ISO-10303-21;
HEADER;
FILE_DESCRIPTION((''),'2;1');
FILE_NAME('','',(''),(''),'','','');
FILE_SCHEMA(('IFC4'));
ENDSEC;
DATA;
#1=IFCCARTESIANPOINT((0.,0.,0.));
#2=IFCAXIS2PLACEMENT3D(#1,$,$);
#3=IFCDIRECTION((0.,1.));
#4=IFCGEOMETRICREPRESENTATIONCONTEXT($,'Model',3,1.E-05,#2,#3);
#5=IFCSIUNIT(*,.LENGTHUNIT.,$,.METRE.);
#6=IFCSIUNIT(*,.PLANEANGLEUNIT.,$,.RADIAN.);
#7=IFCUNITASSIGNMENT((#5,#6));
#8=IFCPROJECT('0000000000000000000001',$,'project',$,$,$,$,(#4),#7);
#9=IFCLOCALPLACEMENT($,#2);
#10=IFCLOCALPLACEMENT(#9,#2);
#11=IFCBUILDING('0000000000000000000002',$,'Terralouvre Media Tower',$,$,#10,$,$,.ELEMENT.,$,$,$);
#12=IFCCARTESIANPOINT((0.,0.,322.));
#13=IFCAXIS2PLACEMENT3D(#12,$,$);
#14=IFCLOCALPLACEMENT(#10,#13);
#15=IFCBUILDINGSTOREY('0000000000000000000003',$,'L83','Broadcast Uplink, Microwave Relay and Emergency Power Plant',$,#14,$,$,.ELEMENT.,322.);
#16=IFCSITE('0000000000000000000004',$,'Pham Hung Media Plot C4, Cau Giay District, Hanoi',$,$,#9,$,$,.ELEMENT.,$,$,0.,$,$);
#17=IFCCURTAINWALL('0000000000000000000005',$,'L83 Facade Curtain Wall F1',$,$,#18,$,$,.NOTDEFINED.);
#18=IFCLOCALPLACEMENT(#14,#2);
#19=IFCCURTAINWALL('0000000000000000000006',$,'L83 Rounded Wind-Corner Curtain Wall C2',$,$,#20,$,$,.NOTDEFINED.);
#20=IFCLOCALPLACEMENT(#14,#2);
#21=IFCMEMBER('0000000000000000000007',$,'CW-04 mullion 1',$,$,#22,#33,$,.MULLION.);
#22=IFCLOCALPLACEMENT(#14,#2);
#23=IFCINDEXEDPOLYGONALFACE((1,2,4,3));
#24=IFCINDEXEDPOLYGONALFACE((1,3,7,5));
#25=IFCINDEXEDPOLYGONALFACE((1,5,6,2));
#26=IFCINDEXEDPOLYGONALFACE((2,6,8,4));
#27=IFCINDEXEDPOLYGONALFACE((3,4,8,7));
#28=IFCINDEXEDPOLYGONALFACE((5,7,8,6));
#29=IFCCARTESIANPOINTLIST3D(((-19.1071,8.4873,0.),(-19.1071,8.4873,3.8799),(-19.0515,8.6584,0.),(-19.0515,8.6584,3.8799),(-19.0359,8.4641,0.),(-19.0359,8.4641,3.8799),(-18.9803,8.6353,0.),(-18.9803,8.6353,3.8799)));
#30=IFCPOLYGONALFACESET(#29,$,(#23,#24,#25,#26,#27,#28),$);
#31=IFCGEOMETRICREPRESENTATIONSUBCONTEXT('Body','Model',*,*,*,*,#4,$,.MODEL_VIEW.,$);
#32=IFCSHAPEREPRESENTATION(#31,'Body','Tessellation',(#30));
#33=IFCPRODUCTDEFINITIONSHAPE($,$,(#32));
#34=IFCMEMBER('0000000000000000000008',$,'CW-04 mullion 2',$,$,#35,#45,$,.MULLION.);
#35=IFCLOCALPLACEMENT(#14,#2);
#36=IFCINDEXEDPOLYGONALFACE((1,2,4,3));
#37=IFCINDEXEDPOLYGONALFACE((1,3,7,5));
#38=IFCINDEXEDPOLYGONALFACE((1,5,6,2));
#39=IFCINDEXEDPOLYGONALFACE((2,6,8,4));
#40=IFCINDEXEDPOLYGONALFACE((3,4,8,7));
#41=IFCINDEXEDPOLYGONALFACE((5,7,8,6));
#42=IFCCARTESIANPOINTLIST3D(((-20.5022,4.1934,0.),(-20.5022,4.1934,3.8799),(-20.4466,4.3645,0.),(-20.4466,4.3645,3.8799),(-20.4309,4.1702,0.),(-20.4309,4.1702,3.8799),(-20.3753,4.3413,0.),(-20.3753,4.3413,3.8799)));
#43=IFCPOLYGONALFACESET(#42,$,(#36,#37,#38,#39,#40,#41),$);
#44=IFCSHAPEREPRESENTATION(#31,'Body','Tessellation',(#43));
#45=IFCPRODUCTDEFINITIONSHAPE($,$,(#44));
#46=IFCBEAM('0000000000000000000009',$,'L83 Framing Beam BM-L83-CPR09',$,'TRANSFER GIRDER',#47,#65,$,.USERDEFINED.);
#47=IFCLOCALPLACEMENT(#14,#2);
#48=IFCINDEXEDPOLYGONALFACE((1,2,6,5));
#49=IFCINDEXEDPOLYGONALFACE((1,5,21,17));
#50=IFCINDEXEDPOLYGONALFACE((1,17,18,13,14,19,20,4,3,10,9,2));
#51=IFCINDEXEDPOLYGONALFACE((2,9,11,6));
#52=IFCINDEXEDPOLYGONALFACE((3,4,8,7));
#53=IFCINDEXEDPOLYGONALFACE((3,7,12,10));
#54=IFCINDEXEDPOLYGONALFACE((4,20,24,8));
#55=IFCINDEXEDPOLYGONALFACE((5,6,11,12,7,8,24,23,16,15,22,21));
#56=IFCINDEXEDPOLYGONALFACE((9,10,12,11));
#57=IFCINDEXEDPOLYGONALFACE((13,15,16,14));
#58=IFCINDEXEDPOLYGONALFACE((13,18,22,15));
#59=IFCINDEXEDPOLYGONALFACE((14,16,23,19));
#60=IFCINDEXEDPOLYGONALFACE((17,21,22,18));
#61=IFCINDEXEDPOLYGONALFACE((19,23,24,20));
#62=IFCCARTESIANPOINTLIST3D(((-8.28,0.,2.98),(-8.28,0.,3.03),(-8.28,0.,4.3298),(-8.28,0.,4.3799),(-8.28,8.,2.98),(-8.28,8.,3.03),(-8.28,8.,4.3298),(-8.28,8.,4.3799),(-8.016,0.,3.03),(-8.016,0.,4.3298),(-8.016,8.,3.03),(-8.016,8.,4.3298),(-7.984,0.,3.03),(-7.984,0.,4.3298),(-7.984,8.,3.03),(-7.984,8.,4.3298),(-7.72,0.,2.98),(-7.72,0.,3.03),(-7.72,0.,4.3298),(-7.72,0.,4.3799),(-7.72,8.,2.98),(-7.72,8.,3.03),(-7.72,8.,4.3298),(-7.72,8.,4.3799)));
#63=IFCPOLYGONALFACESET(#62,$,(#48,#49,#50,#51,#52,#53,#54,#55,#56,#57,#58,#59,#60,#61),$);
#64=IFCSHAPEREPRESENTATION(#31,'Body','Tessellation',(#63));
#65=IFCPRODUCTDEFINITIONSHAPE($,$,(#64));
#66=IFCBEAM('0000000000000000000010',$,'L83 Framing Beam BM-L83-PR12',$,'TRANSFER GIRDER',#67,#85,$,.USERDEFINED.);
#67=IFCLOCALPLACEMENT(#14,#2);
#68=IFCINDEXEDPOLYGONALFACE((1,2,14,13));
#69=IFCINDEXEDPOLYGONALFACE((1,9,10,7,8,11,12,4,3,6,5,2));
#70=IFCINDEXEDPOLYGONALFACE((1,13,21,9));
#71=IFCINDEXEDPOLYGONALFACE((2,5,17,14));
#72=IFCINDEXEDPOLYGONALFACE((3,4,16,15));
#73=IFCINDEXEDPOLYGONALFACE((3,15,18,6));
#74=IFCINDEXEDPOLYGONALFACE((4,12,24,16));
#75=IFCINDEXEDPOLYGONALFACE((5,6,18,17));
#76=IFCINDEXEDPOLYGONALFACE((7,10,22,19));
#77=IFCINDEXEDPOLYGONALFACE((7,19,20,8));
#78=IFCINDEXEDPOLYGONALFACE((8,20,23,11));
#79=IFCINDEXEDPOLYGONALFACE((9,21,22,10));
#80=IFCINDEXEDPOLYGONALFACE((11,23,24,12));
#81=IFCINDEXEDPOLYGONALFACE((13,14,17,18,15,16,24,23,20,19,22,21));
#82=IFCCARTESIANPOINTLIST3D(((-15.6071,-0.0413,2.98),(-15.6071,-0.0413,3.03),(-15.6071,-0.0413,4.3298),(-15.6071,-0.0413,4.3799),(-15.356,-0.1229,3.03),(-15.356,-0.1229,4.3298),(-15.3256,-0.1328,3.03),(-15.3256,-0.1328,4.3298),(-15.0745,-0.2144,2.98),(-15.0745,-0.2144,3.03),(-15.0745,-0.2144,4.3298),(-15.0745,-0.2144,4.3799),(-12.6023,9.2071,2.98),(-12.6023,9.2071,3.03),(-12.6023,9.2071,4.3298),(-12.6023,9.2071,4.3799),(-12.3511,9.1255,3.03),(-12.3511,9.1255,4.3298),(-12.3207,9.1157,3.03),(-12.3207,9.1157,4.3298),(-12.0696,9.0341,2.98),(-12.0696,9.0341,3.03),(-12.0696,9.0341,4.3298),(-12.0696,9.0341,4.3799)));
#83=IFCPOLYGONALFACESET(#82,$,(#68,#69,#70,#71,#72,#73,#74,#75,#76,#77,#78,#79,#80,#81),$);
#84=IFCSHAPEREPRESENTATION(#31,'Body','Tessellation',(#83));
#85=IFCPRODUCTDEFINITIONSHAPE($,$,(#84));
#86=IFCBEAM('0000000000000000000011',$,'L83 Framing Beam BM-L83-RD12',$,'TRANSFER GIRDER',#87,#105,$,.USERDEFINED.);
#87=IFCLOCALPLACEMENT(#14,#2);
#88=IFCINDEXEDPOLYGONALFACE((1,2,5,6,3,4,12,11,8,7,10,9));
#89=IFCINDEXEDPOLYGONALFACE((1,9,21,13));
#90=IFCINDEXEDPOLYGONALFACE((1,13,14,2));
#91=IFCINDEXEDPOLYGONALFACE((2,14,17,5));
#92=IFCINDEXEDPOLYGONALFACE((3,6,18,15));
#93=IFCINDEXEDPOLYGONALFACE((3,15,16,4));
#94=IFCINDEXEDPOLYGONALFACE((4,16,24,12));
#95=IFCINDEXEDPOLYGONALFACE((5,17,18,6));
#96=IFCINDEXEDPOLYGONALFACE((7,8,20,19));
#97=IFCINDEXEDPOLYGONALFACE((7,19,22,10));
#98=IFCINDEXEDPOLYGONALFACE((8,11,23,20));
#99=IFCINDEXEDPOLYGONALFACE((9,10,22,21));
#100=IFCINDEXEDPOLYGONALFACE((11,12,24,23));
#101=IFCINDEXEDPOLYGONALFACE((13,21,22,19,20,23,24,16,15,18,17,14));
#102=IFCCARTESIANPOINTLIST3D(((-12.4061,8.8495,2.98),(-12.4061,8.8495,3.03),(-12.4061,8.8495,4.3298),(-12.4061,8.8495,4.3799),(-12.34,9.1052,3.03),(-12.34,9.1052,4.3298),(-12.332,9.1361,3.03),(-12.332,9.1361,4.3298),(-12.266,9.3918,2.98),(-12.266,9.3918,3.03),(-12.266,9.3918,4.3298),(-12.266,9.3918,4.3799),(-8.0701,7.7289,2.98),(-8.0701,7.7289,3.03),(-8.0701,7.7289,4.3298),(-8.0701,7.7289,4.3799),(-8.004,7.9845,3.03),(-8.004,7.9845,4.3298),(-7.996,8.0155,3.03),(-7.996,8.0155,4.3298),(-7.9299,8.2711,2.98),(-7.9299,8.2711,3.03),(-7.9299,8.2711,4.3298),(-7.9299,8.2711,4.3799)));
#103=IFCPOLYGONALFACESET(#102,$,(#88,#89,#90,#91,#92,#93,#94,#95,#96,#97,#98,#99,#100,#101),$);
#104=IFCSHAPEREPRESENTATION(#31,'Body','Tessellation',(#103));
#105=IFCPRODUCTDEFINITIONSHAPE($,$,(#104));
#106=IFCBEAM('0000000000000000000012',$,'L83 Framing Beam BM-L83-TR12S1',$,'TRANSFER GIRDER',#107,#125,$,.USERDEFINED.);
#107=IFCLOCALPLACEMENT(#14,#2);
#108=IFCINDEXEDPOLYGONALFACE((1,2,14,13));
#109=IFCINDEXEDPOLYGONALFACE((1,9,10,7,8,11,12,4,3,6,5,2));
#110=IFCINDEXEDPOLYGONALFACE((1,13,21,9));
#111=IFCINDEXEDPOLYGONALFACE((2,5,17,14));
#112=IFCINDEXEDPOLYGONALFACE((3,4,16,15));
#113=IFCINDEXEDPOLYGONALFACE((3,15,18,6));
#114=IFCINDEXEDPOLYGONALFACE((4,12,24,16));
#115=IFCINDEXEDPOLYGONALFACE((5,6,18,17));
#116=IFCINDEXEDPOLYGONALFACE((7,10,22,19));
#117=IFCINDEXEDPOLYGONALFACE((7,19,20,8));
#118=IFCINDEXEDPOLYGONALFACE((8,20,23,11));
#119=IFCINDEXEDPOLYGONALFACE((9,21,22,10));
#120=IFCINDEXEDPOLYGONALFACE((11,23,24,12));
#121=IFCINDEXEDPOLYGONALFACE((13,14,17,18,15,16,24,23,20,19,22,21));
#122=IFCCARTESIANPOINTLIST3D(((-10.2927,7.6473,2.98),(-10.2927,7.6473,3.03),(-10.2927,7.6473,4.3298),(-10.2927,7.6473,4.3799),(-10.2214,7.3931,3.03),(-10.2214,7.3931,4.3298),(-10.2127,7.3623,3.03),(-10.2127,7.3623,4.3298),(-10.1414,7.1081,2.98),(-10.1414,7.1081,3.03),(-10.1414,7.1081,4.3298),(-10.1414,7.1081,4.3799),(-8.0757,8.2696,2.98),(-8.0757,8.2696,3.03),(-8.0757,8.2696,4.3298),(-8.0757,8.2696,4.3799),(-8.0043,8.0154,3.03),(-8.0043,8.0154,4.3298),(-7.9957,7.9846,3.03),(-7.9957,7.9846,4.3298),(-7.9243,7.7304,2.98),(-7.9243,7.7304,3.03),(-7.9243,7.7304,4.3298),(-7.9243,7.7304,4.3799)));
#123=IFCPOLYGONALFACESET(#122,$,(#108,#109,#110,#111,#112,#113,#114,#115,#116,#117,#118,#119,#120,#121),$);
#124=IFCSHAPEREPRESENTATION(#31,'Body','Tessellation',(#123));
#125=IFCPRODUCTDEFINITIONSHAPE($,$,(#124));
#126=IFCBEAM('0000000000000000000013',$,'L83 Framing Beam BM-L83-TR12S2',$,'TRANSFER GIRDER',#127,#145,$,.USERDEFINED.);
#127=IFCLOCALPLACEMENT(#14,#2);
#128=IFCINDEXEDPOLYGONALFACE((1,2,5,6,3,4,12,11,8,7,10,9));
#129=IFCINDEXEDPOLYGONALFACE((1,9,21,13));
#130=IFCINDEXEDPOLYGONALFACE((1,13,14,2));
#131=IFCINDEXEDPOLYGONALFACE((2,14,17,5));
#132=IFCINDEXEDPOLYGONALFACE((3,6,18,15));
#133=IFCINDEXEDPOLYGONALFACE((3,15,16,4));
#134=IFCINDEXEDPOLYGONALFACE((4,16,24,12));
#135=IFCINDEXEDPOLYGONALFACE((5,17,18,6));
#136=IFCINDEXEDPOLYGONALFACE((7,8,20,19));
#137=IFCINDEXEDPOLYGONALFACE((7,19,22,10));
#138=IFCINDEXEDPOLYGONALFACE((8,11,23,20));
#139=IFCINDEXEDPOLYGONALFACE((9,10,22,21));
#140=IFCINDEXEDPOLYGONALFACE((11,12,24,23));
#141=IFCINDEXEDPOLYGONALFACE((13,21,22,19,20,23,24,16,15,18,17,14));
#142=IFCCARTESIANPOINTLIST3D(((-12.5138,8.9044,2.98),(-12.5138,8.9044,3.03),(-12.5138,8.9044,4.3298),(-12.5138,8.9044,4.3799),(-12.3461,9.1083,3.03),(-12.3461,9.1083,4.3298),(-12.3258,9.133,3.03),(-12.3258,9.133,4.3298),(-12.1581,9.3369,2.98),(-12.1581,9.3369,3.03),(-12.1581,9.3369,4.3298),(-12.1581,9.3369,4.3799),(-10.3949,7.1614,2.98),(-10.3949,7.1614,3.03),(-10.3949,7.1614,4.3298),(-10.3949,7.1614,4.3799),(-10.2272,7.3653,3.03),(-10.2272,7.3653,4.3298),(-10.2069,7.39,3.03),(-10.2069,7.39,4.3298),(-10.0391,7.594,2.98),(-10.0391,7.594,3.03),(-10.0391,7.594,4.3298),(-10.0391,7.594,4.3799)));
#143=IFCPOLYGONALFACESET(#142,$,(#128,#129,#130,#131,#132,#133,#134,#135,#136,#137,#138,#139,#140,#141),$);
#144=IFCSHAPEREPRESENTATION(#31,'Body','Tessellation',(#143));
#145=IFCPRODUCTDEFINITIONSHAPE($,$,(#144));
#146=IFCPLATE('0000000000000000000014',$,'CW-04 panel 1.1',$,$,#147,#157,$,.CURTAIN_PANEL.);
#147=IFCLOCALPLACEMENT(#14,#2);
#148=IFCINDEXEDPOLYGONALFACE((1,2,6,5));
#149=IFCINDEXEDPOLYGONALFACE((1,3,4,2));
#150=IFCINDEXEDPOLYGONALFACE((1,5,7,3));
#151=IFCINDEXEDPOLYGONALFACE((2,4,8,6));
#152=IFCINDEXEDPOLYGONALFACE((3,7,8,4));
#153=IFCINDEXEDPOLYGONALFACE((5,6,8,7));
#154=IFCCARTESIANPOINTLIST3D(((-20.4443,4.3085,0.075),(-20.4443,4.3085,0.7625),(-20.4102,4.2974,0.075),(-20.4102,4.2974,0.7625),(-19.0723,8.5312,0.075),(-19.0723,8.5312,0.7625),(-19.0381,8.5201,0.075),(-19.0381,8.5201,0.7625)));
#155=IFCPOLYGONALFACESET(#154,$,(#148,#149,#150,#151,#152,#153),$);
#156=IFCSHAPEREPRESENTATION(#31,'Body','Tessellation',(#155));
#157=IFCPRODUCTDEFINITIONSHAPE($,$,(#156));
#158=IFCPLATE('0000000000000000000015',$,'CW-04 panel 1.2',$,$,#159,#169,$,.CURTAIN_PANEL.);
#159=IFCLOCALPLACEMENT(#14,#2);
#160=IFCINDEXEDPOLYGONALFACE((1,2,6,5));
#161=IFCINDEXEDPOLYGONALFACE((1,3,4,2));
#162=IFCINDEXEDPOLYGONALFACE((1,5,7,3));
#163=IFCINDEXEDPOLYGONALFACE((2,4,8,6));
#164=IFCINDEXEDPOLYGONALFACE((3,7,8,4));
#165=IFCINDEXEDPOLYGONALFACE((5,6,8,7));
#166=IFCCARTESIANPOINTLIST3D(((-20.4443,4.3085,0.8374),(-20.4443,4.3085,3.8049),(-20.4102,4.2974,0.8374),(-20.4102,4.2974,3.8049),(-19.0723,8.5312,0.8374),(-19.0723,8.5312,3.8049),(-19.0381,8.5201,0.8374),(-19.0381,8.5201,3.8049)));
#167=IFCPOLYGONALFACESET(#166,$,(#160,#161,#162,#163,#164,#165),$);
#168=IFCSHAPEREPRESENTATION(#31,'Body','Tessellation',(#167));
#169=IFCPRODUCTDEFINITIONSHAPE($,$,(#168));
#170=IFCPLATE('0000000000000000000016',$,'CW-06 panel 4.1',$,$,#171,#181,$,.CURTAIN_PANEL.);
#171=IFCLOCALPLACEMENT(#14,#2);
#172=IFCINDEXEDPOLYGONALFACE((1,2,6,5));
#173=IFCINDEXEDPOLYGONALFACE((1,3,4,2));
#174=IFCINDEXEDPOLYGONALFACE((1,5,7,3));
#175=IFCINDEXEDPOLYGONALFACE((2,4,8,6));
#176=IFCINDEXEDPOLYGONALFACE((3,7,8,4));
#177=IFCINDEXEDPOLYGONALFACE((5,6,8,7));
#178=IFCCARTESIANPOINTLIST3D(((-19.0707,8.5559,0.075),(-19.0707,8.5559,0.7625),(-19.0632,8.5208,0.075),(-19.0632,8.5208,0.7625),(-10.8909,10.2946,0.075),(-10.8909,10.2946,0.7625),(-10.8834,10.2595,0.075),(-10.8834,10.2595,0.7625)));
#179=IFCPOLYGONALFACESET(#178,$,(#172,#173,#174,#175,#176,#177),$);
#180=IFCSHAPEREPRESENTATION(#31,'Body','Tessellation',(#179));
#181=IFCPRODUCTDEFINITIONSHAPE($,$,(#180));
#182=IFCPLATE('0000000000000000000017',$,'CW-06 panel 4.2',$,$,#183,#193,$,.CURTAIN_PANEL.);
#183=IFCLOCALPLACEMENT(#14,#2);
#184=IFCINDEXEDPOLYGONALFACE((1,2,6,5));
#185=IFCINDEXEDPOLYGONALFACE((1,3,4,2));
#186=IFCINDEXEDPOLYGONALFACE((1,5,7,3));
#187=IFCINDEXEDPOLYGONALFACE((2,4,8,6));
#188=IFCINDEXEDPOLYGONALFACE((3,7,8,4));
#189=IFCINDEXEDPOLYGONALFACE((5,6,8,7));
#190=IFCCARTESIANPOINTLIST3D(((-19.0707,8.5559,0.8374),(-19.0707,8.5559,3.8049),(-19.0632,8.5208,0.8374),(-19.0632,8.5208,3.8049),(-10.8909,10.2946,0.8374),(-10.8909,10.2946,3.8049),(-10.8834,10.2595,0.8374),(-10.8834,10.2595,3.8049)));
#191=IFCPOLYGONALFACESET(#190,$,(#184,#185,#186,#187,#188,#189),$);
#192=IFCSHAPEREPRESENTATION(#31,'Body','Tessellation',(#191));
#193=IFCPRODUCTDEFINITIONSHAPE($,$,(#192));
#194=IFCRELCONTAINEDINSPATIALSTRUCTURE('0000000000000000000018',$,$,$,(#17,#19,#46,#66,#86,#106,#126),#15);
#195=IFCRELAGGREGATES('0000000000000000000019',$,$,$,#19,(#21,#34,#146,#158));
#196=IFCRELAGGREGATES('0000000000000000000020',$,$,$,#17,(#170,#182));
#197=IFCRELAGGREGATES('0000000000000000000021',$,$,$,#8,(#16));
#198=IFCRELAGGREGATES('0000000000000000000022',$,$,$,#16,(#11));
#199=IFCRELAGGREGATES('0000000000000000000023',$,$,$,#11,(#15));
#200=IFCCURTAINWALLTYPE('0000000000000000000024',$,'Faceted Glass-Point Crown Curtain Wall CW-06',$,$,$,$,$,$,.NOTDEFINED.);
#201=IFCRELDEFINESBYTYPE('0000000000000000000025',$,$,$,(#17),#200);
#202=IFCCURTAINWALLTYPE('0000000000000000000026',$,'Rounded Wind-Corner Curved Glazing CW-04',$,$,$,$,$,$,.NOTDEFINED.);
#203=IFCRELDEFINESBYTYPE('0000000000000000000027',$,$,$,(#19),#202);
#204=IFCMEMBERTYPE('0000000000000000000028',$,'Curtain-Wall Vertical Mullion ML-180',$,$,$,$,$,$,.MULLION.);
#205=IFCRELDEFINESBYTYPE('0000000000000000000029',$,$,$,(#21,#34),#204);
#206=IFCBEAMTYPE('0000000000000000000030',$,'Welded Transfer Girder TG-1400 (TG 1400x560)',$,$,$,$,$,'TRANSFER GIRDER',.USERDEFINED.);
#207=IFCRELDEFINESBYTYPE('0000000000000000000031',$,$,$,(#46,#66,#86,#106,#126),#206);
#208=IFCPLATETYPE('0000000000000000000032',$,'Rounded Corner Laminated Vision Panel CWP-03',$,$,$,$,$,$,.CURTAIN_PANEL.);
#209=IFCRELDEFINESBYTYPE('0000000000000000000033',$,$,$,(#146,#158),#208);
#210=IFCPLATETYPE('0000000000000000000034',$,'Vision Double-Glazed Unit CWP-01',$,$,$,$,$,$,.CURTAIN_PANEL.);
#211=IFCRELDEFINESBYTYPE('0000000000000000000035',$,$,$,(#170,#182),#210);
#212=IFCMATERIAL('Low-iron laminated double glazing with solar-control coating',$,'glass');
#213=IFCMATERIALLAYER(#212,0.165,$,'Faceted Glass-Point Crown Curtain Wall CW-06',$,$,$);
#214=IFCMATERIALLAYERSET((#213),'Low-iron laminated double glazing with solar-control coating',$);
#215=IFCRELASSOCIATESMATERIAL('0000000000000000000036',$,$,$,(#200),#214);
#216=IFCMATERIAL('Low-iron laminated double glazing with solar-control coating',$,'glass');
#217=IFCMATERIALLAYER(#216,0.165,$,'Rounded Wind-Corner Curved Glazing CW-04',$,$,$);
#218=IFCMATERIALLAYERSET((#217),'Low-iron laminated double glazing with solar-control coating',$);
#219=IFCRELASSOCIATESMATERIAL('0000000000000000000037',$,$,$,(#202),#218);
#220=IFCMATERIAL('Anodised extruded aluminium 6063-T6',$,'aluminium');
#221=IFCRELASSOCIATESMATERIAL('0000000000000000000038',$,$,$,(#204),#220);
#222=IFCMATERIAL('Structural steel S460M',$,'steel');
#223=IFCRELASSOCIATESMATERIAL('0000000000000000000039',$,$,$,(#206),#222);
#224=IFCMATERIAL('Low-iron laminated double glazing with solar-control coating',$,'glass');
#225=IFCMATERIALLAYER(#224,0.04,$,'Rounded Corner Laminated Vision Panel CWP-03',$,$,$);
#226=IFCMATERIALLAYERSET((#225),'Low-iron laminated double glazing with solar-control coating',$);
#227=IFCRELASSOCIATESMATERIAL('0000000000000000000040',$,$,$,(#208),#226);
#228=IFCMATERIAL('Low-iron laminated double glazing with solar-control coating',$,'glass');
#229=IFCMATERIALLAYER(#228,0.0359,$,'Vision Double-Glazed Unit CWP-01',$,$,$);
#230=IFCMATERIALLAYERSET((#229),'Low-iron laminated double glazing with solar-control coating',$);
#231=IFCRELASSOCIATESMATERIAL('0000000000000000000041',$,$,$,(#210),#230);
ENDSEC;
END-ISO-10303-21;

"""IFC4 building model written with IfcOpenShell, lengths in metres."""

from ifc_helpers import new_model, si_unit, direction, frame, origin, origin_2d, place, context, subcontext, project, spatial, rectangle, i_section, extrude, material, layer, layer_set, material_profile, profile_set, type_object, element, aggregate, save


model = new_model("IFC4")

# Units and contexts
model_context = context("Model", 3, precision=1e-05, world=origin(), true_north=direction((0.0, 1.0)))
body_context = subcontext(model_context, "Body", "Model", "MODEL_VIEW")
ifc_project = project(units=[si_unit("LENGTHUNIT", "METRE"), si_unit("PLANEANGLEUNIT", "RADIAN")], contexts=[model_context])

# Site, building, storey
site_placement = place(None, origin())
site = spatial("IfcSite", under=ifc_project, at=site_placement, Name="Pham Hung Media Plot C4, Cau Giay District, Hanoi", CompositionType="ELEMENT", RefElevation=0.0)
building_placement = place(site_placement, origin())
building = spatial("IfcBuilding", under=site, at=building_placement, Name="Terralouvre Media Tower", CompositionType="ELEMENT")
storey_placement = place(building_placement, frame((0.0, 0.0, 322.0)))
storey = spatial("IfcBuildingStorey", under=building, at=storey_placement, Name="L83", Description="Broadcast Uplink, Microwave Relay and Emergency Power Plant", CompositionType="ELEMENT", Elevation=322.0)

# Curtain walls
ifc_material_1 = material(Name="Low-iron laminated double glazing with solar-control coating", Category="glass")
ifc_layer_1 = layer(ifc_material_1, 0.165, Name="Faceted Glass-Point Crown Curtain Wall CW-06")
ifc_layer_set_1 = layer_set([ifc_layer_1], Name="Low-iron laminated double glazing with solar-control coating")
curtain_wall_type_1 = type_object("IfcCurtainWallType", Name="Faceted Glass-Point Crown Curtain Wall CW-06", PredefinedType="NOTDEFINED", material=ifc_layer_set_1)
curtain_wall_1_placement = place(storey_placement, origin())
curtain_wall_1 = element("IfcCurtainWall", 1, at=curtain_wall_1_placement, inside=storey, type_object=curtain_wall_type_1, Name="L83 Facade Curtain Wall F1", PredefinedType="NOTDEFINED")
ifc_material_2 = material(Name="Low-iron laminated double glazing with solar-control coating", Category="glass")
ifc_layer_2 = layer(ifc_material_2, 0.165, Name="Rounded Wind-Corner Curved Glazing CW-04")
ifc_layer_set_2 = layer_set([ifc_layer_2], Name="Low-iron laminated double glazing with solar-control coating")
curtain_wall_type_2 = type_object("IfcCurtainWallType", Name="Rounded Wind-Corner Curved Glazing CW-04", PredefinedType="NOTDEFINED", material=ifc_layer_set_2)
curtain_wall_2_placement = place(storey_placement, origin())
curtain_wall_2 = element("IfcCurtainWall", 2, at=curtain_wall_2_placement, inside=storey, type_object=curtain_wall_type_2, Name="L83 Rounded Wind-Corner Curtain Wall C2", PredefinedType="NOTDEFINED")

# Members
ifc_material_3 = material(Name="Anodised extruded aluminium 6063-T6", Category="aluminium")
ifc_material_profile_1 = material_profile(ifc_material_3, rectangle(XDim=0.075, YDim=0.1799, at=origin_2d()), Name="ALU 75x180")
ifc_profile_set_1 = profile_set([ifc_material_profile_1], Name="Anodised extruded aluminium 6063-T6")
member_type_1 = type_object("IfcMemberType", Name="Curtain-Wall Vertical Mullion ML-180", PredefinedType="MULLION", material=ifc_profile_set_1)
member_1_placement = place(storey_placement, frame((-19.0437, 8.5613, 0.0), z_axis=(0.0, 0.0, 1.0), x_axis=(0.951056, -0.309018, 0.0)))
member_1 = element("IfcMember", 3, at=member_1_placement, type_object=member_type_1, Name="CW-04 mullion 1", PredefinedType="MULLION", context=body_context, shape_type="SweptSolid", body=[
    extrude(rectangle(XDim=0.075, YDim=0.1799, at=origin_2d()), origin(), (0.0, 0.0, 1.0), 3.8799),
])
member_2_placement = place(storey_placement, frame((-20.4387, 4.2673, 0.0), z_axis=(0.0, 0.0, 1.0), x_axis=(0.951056, -0.309018, 0.0)))
member_2 = element("IfcMember", 4, at=member_2_placement, type_object=member_type_1, Name="CW-04 mullion 2", PredefinedType="MULLION", context=body_context, shape_type="SweptSolid", body=[
    extrude(rectangle(XDim=0.075, YDim=0.1799, at=origin_2d()), origin(), (0.0, 0.0, 1.0), 3.8799),
])

# Beams
ifc_material_4 = material(Name="Structural steel S460M", Category="steel")
ifc_material_profile_2 = material_profile(ifc_material_4, i_section(OverallWidth=0.5601, OverallDepth=1.3999, WebThickness=0.032, FlangeThickness=0.05, at=origin_2d()), Name="TG 1400x560")
ifc_profile_set_2 = profile_set([ifc_material_profile_2], Name="Structural steel S460M")
beam_type = type_object("IfcBeamType", Name="Welded Transfer Girder TG-1400 (TG 1400x560)", ElementType="TRANSFER GIRDER", PredefinedType="USERDEFINED", material=ifc_profile_set_2)
beam_1_placement = place(storey_placement, frame((-8.0, 8.0, 3.6799), z_axis=(0.0, -1.0, 0.0), x_axis=(1.0, 0.0, 0.0)))
element("IfcBeam", 5, at=beam_1_placement, inside=storey, type_object=beam_type, Name="L83 Framing Beam BM-L83-CPR09", ObjectType="TRANSFER GIRDER", PredefinedType="USERDEFINED", context=body_context, shape_type="SweptSolid", body=[
    extrude(i_section(OverallWidth=0.5601, OverallDepth=1.3999, WebThickness=0.032, FlangeThickness=0.05, at=origin_2d()), origin(), (0.0, 0.0, 1.0), 8.0),
])
beam_2_placement = place(storey_placement, frame((-12.3359, 9.1206, 3.6799), z_axis=(-0.309003, -0.951061, 0.0), x_axis=(0.951061, -0.309003, 0.0)))
element("IfcBeam", 6, at=beam_2_placement, inside=storey, type_object=beam_type, Name="L83 Framing Beam BM-L83-PR12", ObjectType="TRANSFER GIRDER", PredefinedType="USERDEFINED", context=body_context, shape_type="SweptSolid", body=[
    extrude(i_section(OverallWidth=0.5601, OverallDepth=1.3999, WebThickness=0.032, FlangeThickness=0.05, at=origin_2d()), origin(), (0.0, 0.0, 1.0), 9.7244),
])
beam_3_placement = place(storey_placement, frame((-8.0, 8.0, 3.6799), z_axis=(-0.968188, 0.250224, 0.0), x_axis=(-0.250224, -0.968188, 0.0)))
element("IfcBeam", 7, at=beam_3_placement, inside=storey, type_object=beam_type, Name="L83 Framing Beam BM-L83-RD12", ObjectType="TRANSFER GIRDER", PredefinedType="USERDEFINED", context=body_context, shape_type="SweptSolid", body=[
    extrude(i_section(OverallWidth=0.5601, OverallDepth=1.3999, WebThickness=0.032, FlangeThickness=0.05, at=origin_2d()), origin(), (0.0, 0.0, 1.0), 4.4785),
])
beam_4_placement = place(storey_placement, frame((-10.217, 7.3777, 3.6799), z_axis=(0.96279, 0.270251, 0.0), x_axis=(-0.270251, 0.96279, 0.0)))
element("IfcBeam", 8, at=beam_4_placement, inside=storey, type_object=beam_type, Name="L83 Framing Beam BM-L83-TR12S1", ObjectType="TRANSFER GIRDER", PredefinedType="USERDEFINED", context=body_context, shape_type="SweptSolid", body=[
    extrude(i_section(OverallWidth=0.5601, OverallDepth=1.3999, WebThickness=0.032, FlangeThickness=0.05, at=origin_2d()), origin(), (0.0, 0.0, 1.0), 2.3027),
])
beam_5_placement = place(storey_placement, frame((-10.217, 7.3777, 3.6799), z_axis=(-0.772297, 0.635261, 0.0), x_axis=(-0.635261, -0.772297, 0.0)))
element("IfcBeam", 9, at=beam_5_placement, inside=storey, type_object=beam_type, Name="L83 Framing Beam BM-L83-TR12S2", ObjectType="TRANSFER GIRDER", PredefinedType="USERDEFINED", context=body_context, shape_type="SweptSolid", body=[
    extrude(i_section(OverallWidth=0.5601, OverallDepth=1.3999, WebThickness=0.032, FlangeThickness=0.05, at=origin_2d()), origin(), (0.0, 0.0, 1.0), 2.7437),
])

# Plates
ifc_material_5 = material(Name="Low-iron laminated double glazing with solar-control coating", Category="glass")
ifc_layer_3 = layer(ifc_material_5, 0.04, Name="Rounded Corner Laminated Vision Panel CWP-03")
ifc_layer_set_3 = layer_set([ifc_layer_3], Name="Low-iron laminated double glazing with solar-control coating")
plate_type_1 = type_object("IfcPlateType", Name="Rounded Corner Laminated Vision Panel CWP-03", PredefinedType="CURTAIN_PANEL", material=ifc_layer_set_3)
plate_1_placement = place(storey_placement, frame((-19.7412, 6.4143, 0.075), z_axis=(0.0, 0.0, 1.0), x_axis=(-0.309018, -0.951056, 0.0)))
plate_1 = element("IfcPlate", 10, at=plate_1_placement, type_object=plate_type_1, Name="CW-04 panel 1.1", PredefinedType="CURTAIN_PANEL", context=body_context, shape_type="SweptSolid", body=[
    extrude(rectangle(XDim=4.4399, YDim=0.0359, at=origin_2d()), origin(), (0.0, 0.0, 1.0), 0.6875),
])
plate_2_placement = place(storey_placement, frame((-19.7412, 6.4143, 0.8374), z_axis=(0.0, 0.0, 1.0), x_axis=(-0.309018, -0.951056, 0.0)))
plate_2 = element("IfcPlate", 11, at=plate_2_placement, type_object=plate_type_1, Name="CW-04 panel 1.2", PredefinedType="CURTAIN_PANEL", context=body_context, shape_type="SweptSolid", body=[
    extrude(rectangle(XDim=4.4399, YDim=0.0359, at=origin_2d()), origin(), (0.0, 0.0, 1.0), 2.9675),
])
aggregate(curtain_wall_2, [member_1, member_2, plate_1, plate_2])
ifc_material_6 = material(Name="Low-iron laminated double glazing with solar-control coating", Category="glass")
ifc_layer_4 = layer(ifc_material_6, 0.0359, Name="Vision Double-Glazed Unit CWP-01")
ifc_layer_set_4 = layer_set([ifc_layer_4], Name="Low-iron laminated double glazing with solar-control coating")
plate_type_2 = type_object("IfcPlateType", Name="Vision Double-Glazed Unit CWP-01", PredefinedType="CURTAIN_PANEL", material=ifc_layer_set_4)
plate_3_placement = place(storey_placement, frame((-14.9771, 9.4077, 0.075), z_axis=(0.0, 0.0, 1.0), x_axis=(-0.978148, -0.207912, 0.0)))
plate_3 = element("IfcPlate", 12, at=plate_3_placement, type_object=plate_type_2, Name="CW-06 panel 4.1", PredefinedType="CURTAIN_PANEL", context=body_context, shape_type="SweptSolid", body=[
    extrude(rectangle(XDim=8.3625, YDim=0.0359, at=origin_2d()), origin(), (0.0, 0.0, 1.0), 0.6875),
])
plate_4_placement = place(storey_placement, frame((-14.9771, 9.4077, 0.8374), z_axis=(0.0, 0.0, 1.0), x_axis=(-0.978148, -0.207912, 0.0)))
plate_4 = element("IfcPlate", 13, at=plate_4_placement, type_object=plate_type_2, Name="CW-06 panel 4.2", PredefinedType="CURTAIN_PANEL", context=body_context, shape_type="SweptSolid", body=[
    extrude(rectangle(XDim=8.3625, YDim=0.0359, at=origin_2d()), origin(), (0.0, 0.0, 1.0), 2.9675),
])
aggregate(curtain_wall_1, [plate_3, plate_4])

save(model, "model.ifc")
